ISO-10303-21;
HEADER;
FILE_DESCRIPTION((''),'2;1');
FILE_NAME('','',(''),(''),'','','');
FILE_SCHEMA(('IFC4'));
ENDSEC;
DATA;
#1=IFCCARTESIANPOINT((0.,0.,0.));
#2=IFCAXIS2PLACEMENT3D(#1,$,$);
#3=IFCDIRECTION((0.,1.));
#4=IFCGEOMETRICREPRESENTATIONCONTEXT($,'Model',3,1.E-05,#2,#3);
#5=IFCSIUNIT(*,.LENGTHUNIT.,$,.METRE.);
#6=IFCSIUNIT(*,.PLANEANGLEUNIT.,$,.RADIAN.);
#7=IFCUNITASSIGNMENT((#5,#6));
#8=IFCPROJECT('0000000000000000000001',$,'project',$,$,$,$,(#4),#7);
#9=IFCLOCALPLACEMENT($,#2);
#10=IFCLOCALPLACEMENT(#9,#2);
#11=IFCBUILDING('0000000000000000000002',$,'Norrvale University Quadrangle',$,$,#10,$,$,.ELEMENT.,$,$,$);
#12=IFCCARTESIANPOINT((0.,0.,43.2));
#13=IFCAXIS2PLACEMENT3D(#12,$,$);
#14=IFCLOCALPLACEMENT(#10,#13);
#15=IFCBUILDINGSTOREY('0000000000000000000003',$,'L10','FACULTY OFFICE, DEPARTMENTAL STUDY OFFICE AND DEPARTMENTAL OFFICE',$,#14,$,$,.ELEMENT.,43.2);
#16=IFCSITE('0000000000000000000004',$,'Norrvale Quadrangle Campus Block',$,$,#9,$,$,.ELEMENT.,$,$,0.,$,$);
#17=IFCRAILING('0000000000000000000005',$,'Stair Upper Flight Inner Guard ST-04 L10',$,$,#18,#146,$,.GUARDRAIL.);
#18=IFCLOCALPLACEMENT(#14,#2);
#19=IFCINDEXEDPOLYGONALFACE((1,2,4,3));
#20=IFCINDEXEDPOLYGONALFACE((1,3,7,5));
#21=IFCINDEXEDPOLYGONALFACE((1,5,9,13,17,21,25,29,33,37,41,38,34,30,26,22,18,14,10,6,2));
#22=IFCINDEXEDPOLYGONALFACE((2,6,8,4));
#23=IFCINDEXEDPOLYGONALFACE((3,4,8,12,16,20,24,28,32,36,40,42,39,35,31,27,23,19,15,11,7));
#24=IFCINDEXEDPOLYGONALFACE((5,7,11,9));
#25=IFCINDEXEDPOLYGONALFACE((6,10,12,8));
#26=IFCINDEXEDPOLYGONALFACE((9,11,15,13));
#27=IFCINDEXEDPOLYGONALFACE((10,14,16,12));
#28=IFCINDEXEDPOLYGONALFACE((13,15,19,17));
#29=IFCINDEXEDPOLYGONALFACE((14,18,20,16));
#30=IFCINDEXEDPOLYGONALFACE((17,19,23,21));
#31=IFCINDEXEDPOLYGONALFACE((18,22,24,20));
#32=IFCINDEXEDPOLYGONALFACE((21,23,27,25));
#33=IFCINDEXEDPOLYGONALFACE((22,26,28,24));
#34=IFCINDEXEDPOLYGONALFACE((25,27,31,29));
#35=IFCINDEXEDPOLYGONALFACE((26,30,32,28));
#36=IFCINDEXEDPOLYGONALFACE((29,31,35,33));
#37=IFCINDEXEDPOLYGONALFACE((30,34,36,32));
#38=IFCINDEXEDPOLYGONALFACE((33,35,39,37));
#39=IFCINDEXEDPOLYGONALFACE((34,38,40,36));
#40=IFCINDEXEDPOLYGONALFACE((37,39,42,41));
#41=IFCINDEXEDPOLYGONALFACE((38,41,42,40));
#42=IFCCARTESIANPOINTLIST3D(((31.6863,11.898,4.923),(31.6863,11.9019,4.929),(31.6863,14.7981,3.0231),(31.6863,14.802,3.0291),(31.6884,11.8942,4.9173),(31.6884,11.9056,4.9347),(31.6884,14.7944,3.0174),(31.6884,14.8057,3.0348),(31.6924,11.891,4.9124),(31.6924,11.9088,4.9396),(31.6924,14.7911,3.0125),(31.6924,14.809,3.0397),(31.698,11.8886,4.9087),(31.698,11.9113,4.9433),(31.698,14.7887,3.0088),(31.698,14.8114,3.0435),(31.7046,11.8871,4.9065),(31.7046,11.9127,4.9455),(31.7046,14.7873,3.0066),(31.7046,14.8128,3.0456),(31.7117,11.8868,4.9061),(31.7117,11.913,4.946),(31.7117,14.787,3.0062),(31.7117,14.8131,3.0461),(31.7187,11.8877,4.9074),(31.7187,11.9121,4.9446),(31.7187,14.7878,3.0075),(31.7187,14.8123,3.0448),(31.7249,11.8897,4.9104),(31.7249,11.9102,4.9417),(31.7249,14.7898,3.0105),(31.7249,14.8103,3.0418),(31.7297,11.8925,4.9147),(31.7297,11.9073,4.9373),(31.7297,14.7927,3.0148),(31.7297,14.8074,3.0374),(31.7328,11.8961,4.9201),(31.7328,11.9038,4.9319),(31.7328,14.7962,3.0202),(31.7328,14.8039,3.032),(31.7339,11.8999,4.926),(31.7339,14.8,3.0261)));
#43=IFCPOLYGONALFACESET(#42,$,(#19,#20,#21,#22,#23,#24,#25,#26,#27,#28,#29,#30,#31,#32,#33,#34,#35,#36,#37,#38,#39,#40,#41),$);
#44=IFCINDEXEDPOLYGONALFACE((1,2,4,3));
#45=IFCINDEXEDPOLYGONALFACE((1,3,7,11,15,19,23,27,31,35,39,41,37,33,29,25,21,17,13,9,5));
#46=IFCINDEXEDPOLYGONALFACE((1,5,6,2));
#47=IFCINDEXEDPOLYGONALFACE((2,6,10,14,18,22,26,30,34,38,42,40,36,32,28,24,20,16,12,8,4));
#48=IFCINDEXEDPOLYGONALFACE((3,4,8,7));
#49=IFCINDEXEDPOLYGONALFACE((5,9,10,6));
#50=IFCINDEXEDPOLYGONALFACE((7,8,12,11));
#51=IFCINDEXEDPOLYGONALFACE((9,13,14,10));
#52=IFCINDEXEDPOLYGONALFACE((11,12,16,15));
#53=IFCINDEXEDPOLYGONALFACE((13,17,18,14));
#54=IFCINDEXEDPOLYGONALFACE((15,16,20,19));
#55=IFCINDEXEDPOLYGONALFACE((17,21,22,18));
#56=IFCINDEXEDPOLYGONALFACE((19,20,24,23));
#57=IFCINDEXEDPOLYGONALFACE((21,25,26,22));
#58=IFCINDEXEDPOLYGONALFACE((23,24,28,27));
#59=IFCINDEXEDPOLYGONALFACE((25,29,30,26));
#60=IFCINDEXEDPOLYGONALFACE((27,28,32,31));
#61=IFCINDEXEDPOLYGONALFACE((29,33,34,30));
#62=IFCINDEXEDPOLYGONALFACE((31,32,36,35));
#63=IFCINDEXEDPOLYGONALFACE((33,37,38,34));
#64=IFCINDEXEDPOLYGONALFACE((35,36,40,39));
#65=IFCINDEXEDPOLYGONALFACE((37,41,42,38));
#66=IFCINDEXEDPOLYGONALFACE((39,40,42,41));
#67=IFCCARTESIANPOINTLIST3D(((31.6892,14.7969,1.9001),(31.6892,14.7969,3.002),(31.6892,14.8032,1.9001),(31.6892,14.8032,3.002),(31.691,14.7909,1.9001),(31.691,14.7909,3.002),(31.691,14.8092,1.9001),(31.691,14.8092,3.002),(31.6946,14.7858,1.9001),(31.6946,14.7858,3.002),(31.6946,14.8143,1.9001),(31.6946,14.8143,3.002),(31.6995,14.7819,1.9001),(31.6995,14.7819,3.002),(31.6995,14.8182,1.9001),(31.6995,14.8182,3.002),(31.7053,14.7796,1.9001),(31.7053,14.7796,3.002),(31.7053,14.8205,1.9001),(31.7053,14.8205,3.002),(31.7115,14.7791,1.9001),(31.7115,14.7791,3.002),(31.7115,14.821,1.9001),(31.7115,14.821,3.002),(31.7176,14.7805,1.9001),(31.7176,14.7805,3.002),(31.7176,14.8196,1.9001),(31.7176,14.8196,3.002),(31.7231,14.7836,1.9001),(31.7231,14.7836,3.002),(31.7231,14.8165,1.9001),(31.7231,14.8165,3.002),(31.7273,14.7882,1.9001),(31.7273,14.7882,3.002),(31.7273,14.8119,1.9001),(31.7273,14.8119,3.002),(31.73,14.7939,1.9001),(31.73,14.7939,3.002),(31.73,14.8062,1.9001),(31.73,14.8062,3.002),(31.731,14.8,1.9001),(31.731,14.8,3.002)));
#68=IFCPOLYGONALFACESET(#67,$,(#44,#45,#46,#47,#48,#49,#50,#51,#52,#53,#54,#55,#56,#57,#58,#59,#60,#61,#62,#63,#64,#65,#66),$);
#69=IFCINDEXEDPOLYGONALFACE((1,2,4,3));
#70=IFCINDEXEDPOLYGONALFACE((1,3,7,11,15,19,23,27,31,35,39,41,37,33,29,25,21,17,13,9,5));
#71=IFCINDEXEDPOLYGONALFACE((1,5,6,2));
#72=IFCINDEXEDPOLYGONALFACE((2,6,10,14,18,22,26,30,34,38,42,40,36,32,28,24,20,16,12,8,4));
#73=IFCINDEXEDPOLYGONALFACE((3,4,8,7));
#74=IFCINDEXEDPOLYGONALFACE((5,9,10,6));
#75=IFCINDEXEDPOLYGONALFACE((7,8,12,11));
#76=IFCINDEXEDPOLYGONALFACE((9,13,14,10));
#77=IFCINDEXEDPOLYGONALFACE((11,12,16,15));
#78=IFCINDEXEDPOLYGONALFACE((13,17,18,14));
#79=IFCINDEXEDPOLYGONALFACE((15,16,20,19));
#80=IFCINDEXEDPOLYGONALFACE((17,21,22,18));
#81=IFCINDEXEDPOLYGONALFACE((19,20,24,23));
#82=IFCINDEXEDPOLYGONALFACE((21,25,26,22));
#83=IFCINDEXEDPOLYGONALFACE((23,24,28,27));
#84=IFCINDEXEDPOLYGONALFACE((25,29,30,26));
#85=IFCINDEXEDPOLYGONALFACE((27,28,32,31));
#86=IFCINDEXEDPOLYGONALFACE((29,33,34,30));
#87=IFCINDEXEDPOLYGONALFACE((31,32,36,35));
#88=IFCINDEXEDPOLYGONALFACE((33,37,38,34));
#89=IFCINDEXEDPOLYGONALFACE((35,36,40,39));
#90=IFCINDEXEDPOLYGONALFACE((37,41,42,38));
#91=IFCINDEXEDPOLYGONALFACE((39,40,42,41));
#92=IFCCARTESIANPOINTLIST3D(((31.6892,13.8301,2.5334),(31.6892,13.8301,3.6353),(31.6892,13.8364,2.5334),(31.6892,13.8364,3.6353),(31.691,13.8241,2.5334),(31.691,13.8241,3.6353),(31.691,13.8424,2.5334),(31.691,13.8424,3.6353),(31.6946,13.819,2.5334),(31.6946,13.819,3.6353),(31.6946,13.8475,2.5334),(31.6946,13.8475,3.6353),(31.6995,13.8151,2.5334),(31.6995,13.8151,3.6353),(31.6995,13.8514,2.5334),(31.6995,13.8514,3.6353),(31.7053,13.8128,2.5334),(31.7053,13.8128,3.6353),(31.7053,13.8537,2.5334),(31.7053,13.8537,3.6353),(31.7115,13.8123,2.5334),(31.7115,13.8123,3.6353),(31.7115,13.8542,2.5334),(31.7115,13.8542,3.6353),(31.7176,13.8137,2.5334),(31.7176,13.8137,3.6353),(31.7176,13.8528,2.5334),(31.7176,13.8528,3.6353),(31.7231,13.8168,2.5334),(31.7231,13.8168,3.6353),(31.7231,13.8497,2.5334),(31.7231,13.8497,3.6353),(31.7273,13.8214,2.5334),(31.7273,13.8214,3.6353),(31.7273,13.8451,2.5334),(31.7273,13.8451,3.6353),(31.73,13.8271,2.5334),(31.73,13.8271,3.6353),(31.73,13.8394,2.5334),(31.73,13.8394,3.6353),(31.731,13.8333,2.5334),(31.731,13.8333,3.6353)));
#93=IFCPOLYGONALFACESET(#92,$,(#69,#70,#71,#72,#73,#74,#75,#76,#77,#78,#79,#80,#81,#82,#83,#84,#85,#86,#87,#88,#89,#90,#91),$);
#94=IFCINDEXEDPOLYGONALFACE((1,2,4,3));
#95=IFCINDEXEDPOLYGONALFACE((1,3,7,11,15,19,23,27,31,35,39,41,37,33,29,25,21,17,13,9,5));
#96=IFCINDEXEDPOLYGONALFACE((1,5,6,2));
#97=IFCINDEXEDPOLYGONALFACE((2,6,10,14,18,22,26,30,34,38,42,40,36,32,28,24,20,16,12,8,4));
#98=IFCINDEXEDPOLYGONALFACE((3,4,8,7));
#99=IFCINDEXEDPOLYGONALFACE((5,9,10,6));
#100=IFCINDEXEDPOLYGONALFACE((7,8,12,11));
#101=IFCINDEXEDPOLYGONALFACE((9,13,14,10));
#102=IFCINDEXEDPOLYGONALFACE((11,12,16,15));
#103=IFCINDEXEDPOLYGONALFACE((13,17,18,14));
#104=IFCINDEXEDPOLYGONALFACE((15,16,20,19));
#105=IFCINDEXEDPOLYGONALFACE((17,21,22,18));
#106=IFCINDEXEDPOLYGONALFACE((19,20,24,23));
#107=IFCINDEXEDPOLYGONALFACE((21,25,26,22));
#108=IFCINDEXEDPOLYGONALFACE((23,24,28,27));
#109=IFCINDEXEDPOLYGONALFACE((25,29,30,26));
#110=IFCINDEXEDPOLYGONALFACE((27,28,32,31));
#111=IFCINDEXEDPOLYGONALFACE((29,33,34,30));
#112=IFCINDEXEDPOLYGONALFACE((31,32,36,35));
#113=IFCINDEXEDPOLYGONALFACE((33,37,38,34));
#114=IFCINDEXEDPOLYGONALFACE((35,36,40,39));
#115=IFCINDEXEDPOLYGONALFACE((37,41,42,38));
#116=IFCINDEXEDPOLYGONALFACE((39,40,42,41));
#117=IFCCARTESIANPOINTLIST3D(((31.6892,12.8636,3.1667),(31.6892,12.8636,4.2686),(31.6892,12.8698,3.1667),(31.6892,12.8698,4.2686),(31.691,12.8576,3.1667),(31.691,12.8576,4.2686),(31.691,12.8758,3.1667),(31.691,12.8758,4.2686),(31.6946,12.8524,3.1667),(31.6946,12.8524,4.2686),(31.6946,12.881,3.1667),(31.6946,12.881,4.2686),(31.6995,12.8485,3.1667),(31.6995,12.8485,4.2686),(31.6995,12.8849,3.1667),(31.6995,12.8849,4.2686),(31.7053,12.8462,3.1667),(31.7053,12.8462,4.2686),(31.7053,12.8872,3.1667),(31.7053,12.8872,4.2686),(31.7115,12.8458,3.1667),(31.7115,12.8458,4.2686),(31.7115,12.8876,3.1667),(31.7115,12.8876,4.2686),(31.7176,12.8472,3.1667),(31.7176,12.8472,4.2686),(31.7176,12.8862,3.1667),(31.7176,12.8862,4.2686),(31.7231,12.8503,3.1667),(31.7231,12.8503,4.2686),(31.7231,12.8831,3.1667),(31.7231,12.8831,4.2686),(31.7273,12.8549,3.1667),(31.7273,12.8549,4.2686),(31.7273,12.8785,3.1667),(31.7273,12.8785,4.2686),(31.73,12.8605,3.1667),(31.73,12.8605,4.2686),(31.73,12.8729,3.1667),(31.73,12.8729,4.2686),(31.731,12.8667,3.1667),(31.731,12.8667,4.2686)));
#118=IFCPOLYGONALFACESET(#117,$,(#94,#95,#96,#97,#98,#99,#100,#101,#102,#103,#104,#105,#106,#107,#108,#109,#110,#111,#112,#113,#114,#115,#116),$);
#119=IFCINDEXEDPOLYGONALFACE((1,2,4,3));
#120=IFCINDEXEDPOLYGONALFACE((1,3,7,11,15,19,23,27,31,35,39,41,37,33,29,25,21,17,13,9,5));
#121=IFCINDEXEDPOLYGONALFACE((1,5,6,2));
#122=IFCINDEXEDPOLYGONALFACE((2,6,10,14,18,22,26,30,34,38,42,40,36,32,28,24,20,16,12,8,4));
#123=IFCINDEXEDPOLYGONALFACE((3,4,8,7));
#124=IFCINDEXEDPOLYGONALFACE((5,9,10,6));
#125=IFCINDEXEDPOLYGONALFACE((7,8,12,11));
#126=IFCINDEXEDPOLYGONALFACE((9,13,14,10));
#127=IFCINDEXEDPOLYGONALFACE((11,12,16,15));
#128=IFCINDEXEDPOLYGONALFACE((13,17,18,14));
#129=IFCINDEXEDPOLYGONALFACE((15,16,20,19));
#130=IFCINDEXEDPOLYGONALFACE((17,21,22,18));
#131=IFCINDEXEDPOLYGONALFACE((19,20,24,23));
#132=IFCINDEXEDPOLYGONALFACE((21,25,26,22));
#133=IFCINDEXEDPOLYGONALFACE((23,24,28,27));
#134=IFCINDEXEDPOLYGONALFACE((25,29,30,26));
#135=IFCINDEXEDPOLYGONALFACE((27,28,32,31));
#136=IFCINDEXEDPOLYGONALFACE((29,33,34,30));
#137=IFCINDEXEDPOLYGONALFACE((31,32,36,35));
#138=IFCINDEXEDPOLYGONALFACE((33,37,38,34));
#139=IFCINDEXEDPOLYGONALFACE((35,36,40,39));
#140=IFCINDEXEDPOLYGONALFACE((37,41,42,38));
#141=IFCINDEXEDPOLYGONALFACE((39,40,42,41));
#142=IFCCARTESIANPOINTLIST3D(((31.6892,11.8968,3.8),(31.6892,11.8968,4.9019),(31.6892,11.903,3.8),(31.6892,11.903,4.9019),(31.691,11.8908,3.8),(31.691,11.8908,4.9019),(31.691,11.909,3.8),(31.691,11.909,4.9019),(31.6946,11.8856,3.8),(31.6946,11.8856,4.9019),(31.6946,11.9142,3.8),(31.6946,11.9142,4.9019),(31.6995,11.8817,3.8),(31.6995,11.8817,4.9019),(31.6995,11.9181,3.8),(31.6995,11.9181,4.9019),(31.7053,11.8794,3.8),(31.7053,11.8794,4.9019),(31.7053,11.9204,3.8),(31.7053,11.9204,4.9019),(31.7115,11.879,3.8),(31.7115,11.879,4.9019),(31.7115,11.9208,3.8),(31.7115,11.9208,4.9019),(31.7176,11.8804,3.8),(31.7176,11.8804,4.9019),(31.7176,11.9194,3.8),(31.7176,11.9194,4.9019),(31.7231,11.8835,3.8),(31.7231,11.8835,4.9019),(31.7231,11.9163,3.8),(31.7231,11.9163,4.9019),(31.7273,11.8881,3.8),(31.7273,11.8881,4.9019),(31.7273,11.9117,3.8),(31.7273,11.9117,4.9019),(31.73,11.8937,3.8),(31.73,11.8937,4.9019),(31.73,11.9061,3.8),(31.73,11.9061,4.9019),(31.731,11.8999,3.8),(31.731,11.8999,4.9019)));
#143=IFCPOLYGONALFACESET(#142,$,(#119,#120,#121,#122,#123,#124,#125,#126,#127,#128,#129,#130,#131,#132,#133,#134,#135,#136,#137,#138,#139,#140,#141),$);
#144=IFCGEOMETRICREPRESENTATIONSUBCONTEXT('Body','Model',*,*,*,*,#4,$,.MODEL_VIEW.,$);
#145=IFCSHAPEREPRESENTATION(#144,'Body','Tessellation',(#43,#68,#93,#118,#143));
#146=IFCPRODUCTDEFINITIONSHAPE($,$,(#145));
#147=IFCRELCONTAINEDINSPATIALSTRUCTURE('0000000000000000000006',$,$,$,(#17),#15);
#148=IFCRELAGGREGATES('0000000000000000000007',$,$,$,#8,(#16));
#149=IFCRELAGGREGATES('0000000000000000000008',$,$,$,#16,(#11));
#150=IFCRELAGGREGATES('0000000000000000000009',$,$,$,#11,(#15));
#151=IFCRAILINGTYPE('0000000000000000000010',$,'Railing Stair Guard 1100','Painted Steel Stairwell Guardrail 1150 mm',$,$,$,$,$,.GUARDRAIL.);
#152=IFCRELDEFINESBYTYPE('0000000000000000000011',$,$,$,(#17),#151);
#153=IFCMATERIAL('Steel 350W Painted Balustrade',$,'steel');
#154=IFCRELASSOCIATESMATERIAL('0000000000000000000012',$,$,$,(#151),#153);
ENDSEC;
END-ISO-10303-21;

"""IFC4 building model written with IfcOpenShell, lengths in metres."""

from ifc_helpers import new_model, si_unit, direction, frame, origin, origin_2d, place, context, subcontext, project, spatial, circle, extrude, material, type_object, element, save


model = new_model("IFC4")

# Units and contexts
model_context = context("Model", 3, precision=1e-05, world=origin(), true_north=direction((0.0, 1.0)))
body_context = subcontext(model_context, "Body", "Model", "MODEL_VIEW")
ifc_project = project(units=[si_unit("LENGTHUNIT", "METRE"), si_unit("PLANEANGLEUNIT", "RADIAN")], contexts=[model_context])

# Site, building, storey
site_placement = place(None, origin())
site = spatial("IfcSite", under=ifc_project, at=site_placement, Name="Norrvale Quadrangle Campus Block", CompositionType="ELEMENT", RefElevation=0.0)
building_placement = place(site_placement, origin())
building = spatial("IfcBuilding", under=site, at=building_placement, Name="Norrvale University Quadrangle", CompositionType="ELEMENT")
storey_placement = place(building_placement, frame((0.0, 0.0, 43.2)))
storey = spatial("IfcBuildingStorey", under=building, at=storey_placement, Name="L10", Description="FACULTY OFFICE, DEPARTMENTAL STUDY OFFICE AND DEPARTMENTAL OFFICE", CompositionType="ELEMENT", Elevation=43.2)

# Railing
ifc_material_1 = material(Name="Steel 350W Painted Balustrade", Category="steel")
railing_type_1 = type_object("IfcRailingType", Name="Railing Stair Guard 1100", Description="Painted Steel Stairwell Guardrail 1150 mm", PredefinedType="GUARDRAIL", material=ifc_material_1)
railing_1_placement = place(storey_placement, frame((31.71, 14.8, 1.9001)))
element("IfcRailing", 1, at=railing_1_placement, inside=storey, type_object=railing_type_1, Name="Stair Upper Flight Inner Guard ST-04 L10", PredefinedType="GUARDRAIL", context=body_context, shape_type="SweptSolid", body=[
    extrude(circle(Radius=0.0239, at=origin_2d()), frame((0.0, 0.0, 1.126), z_axis=(0.0, -0.836487, 0.547987), x_axis=(1.0, 0.0, 0.0)), (0.0, 0.0, 1.0), 3.467),
    extrude(circle(Radius=0.021, at=origin_2d()), origin(), (0.0, 0.0, 1.0), 1.1018),
    extrude(circle(Radius=0.021, at=origin_2d()), frame((0.0, -0.9668, 0.6333)), (0.0, 0.0, 1.0), 1.1018),
    extrude(circle(Radius=0.021, at=origin_2d()), frame((0.0, -1.9333, 1.2666)), (0.0, 0.0, 1.0), 1.1018),
    extrude(circle(Radius=0.021, at=origin_2d()), frame((0.0, -2.9001, 1.8999)), (0.0, 0.0, 1.0), 1.1018),
])

save(model, "model.ifc")
